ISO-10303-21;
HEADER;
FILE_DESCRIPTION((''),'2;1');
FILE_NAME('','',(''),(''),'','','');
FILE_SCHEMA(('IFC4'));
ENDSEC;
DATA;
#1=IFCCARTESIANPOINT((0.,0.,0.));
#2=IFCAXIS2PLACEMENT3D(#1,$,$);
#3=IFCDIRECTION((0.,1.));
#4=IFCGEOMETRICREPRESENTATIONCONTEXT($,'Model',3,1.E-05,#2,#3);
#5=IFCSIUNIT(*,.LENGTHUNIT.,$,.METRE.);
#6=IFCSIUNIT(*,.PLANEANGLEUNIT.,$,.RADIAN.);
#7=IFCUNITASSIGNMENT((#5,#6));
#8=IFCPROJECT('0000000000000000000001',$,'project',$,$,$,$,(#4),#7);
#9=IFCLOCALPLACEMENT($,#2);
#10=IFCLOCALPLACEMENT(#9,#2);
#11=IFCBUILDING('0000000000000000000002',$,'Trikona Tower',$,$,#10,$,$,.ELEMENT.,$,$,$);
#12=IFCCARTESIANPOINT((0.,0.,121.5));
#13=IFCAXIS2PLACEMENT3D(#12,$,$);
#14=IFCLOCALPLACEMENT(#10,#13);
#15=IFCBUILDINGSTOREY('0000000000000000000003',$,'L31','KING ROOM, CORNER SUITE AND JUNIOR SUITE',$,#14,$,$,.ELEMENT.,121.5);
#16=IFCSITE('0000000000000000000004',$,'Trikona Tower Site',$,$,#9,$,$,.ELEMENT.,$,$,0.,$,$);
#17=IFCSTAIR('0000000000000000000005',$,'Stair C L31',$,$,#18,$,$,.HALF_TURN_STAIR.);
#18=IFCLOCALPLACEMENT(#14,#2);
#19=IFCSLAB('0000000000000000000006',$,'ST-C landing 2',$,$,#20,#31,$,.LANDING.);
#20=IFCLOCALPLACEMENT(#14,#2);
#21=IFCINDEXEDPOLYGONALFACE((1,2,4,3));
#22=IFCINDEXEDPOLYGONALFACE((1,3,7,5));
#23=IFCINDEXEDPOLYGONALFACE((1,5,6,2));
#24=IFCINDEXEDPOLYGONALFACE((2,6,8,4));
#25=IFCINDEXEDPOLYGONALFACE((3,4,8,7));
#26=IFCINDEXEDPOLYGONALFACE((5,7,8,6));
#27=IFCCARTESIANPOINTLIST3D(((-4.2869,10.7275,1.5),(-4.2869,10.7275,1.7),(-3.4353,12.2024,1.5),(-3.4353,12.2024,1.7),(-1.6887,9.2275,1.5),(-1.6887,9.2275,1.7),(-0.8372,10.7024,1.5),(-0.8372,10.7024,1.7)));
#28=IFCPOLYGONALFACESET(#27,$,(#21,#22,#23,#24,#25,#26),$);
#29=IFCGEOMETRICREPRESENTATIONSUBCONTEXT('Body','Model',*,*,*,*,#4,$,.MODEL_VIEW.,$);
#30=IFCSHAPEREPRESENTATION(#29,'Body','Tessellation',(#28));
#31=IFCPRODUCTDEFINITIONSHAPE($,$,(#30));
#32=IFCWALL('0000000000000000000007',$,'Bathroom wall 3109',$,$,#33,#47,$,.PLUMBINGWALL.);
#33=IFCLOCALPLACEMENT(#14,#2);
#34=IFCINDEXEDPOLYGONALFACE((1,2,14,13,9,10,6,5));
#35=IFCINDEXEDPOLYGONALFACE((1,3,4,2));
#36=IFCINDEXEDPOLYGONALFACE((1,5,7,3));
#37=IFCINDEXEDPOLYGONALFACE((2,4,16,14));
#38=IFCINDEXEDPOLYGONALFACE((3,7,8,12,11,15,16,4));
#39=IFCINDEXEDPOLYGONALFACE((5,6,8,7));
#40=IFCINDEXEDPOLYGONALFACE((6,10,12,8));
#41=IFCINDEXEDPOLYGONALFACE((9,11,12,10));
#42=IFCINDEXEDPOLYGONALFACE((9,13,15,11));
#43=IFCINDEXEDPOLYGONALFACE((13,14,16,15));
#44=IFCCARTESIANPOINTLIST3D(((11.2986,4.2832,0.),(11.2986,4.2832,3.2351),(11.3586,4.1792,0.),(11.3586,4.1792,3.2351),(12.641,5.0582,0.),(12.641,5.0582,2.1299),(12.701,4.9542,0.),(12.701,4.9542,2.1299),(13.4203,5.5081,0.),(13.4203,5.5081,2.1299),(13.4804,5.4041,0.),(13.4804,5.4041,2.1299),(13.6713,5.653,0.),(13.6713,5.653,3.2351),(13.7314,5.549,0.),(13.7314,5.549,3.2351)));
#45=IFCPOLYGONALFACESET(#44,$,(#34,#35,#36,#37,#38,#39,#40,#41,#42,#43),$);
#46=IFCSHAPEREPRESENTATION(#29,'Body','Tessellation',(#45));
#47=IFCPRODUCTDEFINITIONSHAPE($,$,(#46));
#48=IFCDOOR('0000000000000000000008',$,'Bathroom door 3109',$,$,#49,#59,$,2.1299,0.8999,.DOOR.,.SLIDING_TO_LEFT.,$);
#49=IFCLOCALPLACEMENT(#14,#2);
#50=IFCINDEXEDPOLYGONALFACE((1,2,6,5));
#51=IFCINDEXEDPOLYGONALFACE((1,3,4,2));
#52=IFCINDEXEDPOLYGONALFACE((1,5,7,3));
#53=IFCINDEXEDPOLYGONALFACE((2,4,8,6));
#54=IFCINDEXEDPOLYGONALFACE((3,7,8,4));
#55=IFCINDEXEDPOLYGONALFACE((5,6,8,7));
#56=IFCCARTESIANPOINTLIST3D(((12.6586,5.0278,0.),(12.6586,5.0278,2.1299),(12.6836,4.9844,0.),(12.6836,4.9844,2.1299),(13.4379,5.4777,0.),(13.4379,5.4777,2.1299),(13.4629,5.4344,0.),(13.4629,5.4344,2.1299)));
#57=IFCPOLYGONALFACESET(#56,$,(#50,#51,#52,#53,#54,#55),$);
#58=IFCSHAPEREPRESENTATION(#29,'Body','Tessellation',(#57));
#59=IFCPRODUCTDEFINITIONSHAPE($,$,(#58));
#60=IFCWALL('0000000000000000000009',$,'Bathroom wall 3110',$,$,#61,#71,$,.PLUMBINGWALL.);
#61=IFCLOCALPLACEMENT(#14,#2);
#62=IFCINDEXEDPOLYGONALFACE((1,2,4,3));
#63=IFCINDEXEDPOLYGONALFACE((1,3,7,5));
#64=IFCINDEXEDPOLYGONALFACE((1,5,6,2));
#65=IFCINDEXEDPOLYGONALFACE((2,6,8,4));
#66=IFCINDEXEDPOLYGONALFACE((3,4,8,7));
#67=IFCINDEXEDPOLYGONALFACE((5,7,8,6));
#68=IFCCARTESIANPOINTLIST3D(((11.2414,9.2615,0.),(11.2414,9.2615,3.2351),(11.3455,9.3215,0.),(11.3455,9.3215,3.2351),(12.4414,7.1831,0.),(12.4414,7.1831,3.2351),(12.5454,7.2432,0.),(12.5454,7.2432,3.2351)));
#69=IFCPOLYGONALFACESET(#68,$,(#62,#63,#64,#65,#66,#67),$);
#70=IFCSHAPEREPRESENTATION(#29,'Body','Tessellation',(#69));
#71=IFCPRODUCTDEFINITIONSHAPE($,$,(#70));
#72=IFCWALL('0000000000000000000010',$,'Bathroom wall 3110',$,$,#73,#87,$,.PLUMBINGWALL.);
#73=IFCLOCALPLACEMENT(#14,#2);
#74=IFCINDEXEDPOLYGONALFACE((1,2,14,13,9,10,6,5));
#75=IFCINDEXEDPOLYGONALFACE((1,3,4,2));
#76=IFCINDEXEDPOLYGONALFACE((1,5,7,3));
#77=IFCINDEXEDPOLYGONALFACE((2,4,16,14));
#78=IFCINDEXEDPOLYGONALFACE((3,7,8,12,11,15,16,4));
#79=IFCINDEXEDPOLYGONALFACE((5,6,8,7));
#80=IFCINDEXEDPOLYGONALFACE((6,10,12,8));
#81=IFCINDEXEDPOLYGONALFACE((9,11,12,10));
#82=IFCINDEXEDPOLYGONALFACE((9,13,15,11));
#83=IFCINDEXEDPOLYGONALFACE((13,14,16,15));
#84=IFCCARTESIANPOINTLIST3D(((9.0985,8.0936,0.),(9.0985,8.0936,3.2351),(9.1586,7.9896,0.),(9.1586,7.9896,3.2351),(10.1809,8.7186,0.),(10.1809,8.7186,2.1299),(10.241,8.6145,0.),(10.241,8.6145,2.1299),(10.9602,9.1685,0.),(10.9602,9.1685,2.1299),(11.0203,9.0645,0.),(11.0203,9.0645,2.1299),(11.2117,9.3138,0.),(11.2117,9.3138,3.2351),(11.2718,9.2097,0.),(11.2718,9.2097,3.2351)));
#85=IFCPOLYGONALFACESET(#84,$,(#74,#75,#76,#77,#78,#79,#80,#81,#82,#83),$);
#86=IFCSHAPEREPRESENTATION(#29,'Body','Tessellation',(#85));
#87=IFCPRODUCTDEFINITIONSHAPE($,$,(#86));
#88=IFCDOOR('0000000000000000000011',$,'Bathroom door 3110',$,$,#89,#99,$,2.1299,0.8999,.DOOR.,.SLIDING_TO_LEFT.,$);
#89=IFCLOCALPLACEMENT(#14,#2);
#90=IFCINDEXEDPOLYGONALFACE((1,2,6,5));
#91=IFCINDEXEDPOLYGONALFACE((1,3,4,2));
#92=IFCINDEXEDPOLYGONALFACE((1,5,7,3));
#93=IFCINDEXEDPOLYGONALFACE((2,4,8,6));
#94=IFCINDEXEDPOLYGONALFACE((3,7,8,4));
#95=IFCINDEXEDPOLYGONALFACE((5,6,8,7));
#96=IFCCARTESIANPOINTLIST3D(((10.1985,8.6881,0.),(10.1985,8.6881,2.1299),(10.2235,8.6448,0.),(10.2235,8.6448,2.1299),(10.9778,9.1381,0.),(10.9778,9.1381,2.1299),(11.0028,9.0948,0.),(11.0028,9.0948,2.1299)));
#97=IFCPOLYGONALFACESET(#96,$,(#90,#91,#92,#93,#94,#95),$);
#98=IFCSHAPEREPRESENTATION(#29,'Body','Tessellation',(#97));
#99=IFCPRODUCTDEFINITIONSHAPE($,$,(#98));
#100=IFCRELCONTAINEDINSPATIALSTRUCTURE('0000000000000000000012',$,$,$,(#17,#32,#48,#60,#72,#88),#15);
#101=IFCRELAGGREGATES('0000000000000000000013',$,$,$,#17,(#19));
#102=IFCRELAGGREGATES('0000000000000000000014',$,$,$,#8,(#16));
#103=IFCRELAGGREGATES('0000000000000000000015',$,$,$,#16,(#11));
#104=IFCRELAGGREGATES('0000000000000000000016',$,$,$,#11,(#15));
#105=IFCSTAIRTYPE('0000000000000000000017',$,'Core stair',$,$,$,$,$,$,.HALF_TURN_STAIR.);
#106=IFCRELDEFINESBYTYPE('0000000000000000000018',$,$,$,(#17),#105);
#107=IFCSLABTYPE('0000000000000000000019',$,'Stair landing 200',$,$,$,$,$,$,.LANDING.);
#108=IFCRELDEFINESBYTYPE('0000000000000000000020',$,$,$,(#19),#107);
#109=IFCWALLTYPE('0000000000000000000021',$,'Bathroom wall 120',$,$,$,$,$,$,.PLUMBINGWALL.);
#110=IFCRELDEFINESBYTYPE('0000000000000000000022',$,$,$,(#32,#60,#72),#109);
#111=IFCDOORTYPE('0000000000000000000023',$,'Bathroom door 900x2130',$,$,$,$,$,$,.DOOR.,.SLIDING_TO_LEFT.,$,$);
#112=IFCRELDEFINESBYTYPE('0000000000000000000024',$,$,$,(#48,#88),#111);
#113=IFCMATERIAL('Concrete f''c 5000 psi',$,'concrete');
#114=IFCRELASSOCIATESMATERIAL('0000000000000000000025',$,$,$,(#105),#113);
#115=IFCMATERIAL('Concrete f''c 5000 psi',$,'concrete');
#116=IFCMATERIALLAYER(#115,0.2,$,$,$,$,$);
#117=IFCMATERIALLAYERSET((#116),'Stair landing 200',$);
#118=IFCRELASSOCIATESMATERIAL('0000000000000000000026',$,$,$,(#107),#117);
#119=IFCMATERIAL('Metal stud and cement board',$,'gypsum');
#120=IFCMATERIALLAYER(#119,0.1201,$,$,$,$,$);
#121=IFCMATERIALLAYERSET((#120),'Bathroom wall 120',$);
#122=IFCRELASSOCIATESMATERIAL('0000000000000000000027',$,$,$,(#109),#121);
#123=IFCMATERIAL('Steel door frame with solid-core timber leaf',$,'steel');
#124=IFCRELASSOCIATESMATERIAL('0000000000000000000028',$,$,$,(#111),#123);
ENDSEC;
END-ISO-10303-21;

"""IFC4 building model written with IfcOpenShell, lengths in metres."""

from ifc_helpers import new_model, si_unit, direction, frame, frame_2d, origin, place, context, subcontext, project, spatial, polyline, rectangle, outline, extrude, material, layer, layer_set, type_object, element, fill, aggregate, save


model = new_model("IFC4")

# Units and contexts
model_context = context("Model", 3, precision=1e-05, world=origin(), true_north=direction((0.0, 1.0)))
body_context = subcontext(model_context, "Body", "Model", "MODEL_VIEW")
ifc_project = project(units=[si_unit("LENGTHUNIT", "METRE"), si_unit("PLANEANGLEUNIT", "RADIAN")], contexts=[model_context])

# Site, building, storey
site_placement = place(None, origin())
site = spatial("IfcSite", under=ifc_project, at=site_placement, Name="Trikona Tower Site", CompositionType="ELEMENT", RefElevation=0.0)
building_placement = place(site_placement, origin())
building = spatial("IfcBuilding", under=site, at=building_placement, Name="Trikona Tower", CompositionType="ELEMENT")
storey_placement = place(building_placement, frame((0.0, 0.0, 121.5)))
storey = spatial("IfcBuildingStorey", under=building, at=storey_placement, Name="L31", Description="KING ROOM, CORNER SUITE AND JUNIOR SUITE", CompositionType="ELEMENT", Elevation=121.5)

# Stair, slab
ifc_material_1 = material(Name="Concrete f'c 5000 psi", Category="concrete")
stair_type = type_object("IfcStairType", Name="Core stair", PredefinedType="HALF_TURN_STAIR", material=ifc_material_1)
ifc_material_2 = material(Name="Concrete f'c 5000 psi", Category="concrete")
ifc_layer_1 = layer(ifc_material_2, 0.2)
ifc_layer_set_1 = layer_set([ifc_layer_1], Name="Stair landing 200")
slab_type_1 = type_object("IfcSlabType", Name="Stair landing 200", PredefinedType="LANDING", material=ifc_layer_set_1)
stair_1_placement = place(storey_placement, origin())
stair_1 = element("IfcStair", 1, at=stair_1_placement, inside=storey, type_object=stair_type, Name="Stair C L31", PredefinedType="HALF_TURN_STAIR")
slab_1_placement = place(storey_placement, frame((0.0, 0.0, 1.5)))
slab_1 = element("IfcSlab", 2, at=slab_1_placement, type_object=slab_type_1, Name="ST-C landing 2", PredefinedType="LANDING", context=body_context, shape_type="SweptSolid", body=[
    extrude(outline(polyline([(-0.8372, 10.7024), (-1.6887, 9.2275), (-4.2869, 10.7275), (-3.4353, 12.2024), (-0.8372, 10.7024)])), origin(), (0.0, 0.0, 1.0), 0.2),
])
aggregate(stair_1, [slab_1])

# Wall, opening, door
ifc_material_3 = material(Name="Metal stud and cement board", Category="gypsum")
ifc_layer_2 = layer(ifc_material_3, 0.1201)
ifc_layer_set_2 = layer_set([ifc_layer_2], Name="Bathroom wall 120")
wall_type_1 = type_object("IfcWallType", Name="Bathroom wall 120", PredefinedType="PLUMBINGWALL", material=ifc_layer_set_2)
wall_1_placement = place(storey_placement, frame((11.3286, 4.2312, 0.0), z_axis=(0.0, 0.0, 1.0), x_axis=(0.866036, 0.499982, 0.0)))
wall_1 = element("IfcWall", 3, at=wall_1_placement, inside=storey, type_object=wall_type_1, Name="Bathroom wall 3109", PredefinedType="PLUMBINGWALL", context=body_context, shape_type="SweptSolid", body=[
    extrude(rectangle(XDim=2.7397, YDim=0.1201, at=frame_2d((1.3699, 0.0))), origin(), (0.0, 0.0, 1.0), 3.2351),
])
opening_1_placement = place(wall_1_placement, frame((1.55, 0.0, 0.0)))
opening_1 = element("IfcOpeningElement", 4, at=opening_1_placement, cuts=wall_1, PredefinedType="OPENING", context=body_context, shape_type="SweptSolid", body=[
    extrude(rectangle(XDim=0.8999, YDim=2.1299, at=frame_2d((0.45, 1.0649))), frame((0.0, 0.0701, 0.0), z_axis=(0.0, -1.0, 0.0), x_axis=(1.0, 0.0, 0.0)), (0.0, 0.0, 1.0), 0.1401),
])
ifc_material_4 = material(Name="Steel door frame with solid-core timber leaf", Category="steel")
door_type_1 = type_object("IfcDoorType", Name="Bathroom door 900x2130", OperationType="SLIDING_TO_LEFT", PredefinedType="DOOR", material=ifc_material_4)
door_1_placement = place(opening_1_placement, origin())
door_1 = element("IfcDoor", 5, at=door_1_placement, inside=storey, type_object=door_type_1, Name="Bathroom door 3109", OperationType="SLIDING_TO_LEFT", OverallHeight=2.1299, OverallWidth=0.8999, PredefinedType="DOOR", context=body_context, shape_type="SweptSolid", body=[
    extrude(rectangle(XDim=0.8999, YDim=2.1299, at=frame_2d((0.45, 1.0649))), frame((0.0, 0.0249, 0.0), z_axis=(0.0, -1.0, 0.0), x_axis=(1.0, 0.0, 0.0)), (0.0, 0.0, 1.0), 0.05),
])
fill(opening_1, door_1)

# Wall
wall_2_placement = place(storey_placement, frame((12.4934, 7.2131, 0.0), z_axis=(0.0, 0.0, 1.0), x_axis=(-0.500001, 0.866025, 0.0)))
element("IfcWall", 6, at=wall_2_placement, inside=storey, type_object=wall_type_1, Name="Bathroom wall 3110", PredefinedType="PLUMBINGWALL", context=body_context, shape_type="SweptSolid", body=[
    extrude(rectangle(XDim=2.3999, YDim=0.1201, at=frame_2d((1.2, 0.0))), origin(), (0.0, 0.0, 1.0), 3.2351),
])

# Wall, opening, door
wall_3_placement = place(storey_placement, frame((9.1284, 8.0415, 0.0), z_axis=(0.0, 0.0, 1.0), x_axis=(0.866006, 0.500034, 0.0)))
wall_3 = element("IfcWall", 7, at=wall_3_placement, inside=storey, type_object=wall_type_1, Name="Bathroom wall 3110", PredefinedType="PLUMBINGWALL", context=body_context, shape_type="SweptSolid", body=[
    extrude(rectangle(XDim=2.4402, YDim=0.1201, at=frame_2d((1.2202, 0.0))), origin(), (0.0, 0.0, 1.0), 3.2351),
])
opening_2_placement = place(wall_3_placement, frame((1.25, 0.0, 0.0)))
opening_2 = element("IfcOpeningElement", 8, at=opening_2_placement, cuts=wall_3, PredefinedType="OPENING", context=body_context, shape_type="SweptSolid", body=[
    extrude(rectangle(XDim=0.8999, YDim=2.1299, at=frame_2d((0.45, 1.0649))), frame((0.0, 0.0701, 0.0), z_axis=(0.0, -1.0, 0.0), x_axis=(1.0, 0.0, 0.0)), (0.0, 0.0, 1.0), 0.1401),
])
door_2_placement = place(opening_2_placement, origin())
door_2 = element("IfcDoor", 9, at=door_2_placement, inside=storey, type_object=door_type_1, Name="Bathroom door 3110", OperationType="SLIDING_TO_LEFT", OverallHeight=2.1299, OverallWidth=0.8999, PredefinedType="DOOR", context=body_context, shape_type="SweptSolid", body=[
    extrude(rectangle(XDim=0.8999, YDim=2.1299, at=frame_2d((0.45, 1.0649))), frame((0.0, 0.0249, 0.0), z_axis=(0.0, -1.0, 0.0), x_axis=(1.0, 0.0, 0.0)), (0.0, 0.0, 1.0), 0.05),
])
fill(opening_2, door_2)

save(model, "model.ifc")
